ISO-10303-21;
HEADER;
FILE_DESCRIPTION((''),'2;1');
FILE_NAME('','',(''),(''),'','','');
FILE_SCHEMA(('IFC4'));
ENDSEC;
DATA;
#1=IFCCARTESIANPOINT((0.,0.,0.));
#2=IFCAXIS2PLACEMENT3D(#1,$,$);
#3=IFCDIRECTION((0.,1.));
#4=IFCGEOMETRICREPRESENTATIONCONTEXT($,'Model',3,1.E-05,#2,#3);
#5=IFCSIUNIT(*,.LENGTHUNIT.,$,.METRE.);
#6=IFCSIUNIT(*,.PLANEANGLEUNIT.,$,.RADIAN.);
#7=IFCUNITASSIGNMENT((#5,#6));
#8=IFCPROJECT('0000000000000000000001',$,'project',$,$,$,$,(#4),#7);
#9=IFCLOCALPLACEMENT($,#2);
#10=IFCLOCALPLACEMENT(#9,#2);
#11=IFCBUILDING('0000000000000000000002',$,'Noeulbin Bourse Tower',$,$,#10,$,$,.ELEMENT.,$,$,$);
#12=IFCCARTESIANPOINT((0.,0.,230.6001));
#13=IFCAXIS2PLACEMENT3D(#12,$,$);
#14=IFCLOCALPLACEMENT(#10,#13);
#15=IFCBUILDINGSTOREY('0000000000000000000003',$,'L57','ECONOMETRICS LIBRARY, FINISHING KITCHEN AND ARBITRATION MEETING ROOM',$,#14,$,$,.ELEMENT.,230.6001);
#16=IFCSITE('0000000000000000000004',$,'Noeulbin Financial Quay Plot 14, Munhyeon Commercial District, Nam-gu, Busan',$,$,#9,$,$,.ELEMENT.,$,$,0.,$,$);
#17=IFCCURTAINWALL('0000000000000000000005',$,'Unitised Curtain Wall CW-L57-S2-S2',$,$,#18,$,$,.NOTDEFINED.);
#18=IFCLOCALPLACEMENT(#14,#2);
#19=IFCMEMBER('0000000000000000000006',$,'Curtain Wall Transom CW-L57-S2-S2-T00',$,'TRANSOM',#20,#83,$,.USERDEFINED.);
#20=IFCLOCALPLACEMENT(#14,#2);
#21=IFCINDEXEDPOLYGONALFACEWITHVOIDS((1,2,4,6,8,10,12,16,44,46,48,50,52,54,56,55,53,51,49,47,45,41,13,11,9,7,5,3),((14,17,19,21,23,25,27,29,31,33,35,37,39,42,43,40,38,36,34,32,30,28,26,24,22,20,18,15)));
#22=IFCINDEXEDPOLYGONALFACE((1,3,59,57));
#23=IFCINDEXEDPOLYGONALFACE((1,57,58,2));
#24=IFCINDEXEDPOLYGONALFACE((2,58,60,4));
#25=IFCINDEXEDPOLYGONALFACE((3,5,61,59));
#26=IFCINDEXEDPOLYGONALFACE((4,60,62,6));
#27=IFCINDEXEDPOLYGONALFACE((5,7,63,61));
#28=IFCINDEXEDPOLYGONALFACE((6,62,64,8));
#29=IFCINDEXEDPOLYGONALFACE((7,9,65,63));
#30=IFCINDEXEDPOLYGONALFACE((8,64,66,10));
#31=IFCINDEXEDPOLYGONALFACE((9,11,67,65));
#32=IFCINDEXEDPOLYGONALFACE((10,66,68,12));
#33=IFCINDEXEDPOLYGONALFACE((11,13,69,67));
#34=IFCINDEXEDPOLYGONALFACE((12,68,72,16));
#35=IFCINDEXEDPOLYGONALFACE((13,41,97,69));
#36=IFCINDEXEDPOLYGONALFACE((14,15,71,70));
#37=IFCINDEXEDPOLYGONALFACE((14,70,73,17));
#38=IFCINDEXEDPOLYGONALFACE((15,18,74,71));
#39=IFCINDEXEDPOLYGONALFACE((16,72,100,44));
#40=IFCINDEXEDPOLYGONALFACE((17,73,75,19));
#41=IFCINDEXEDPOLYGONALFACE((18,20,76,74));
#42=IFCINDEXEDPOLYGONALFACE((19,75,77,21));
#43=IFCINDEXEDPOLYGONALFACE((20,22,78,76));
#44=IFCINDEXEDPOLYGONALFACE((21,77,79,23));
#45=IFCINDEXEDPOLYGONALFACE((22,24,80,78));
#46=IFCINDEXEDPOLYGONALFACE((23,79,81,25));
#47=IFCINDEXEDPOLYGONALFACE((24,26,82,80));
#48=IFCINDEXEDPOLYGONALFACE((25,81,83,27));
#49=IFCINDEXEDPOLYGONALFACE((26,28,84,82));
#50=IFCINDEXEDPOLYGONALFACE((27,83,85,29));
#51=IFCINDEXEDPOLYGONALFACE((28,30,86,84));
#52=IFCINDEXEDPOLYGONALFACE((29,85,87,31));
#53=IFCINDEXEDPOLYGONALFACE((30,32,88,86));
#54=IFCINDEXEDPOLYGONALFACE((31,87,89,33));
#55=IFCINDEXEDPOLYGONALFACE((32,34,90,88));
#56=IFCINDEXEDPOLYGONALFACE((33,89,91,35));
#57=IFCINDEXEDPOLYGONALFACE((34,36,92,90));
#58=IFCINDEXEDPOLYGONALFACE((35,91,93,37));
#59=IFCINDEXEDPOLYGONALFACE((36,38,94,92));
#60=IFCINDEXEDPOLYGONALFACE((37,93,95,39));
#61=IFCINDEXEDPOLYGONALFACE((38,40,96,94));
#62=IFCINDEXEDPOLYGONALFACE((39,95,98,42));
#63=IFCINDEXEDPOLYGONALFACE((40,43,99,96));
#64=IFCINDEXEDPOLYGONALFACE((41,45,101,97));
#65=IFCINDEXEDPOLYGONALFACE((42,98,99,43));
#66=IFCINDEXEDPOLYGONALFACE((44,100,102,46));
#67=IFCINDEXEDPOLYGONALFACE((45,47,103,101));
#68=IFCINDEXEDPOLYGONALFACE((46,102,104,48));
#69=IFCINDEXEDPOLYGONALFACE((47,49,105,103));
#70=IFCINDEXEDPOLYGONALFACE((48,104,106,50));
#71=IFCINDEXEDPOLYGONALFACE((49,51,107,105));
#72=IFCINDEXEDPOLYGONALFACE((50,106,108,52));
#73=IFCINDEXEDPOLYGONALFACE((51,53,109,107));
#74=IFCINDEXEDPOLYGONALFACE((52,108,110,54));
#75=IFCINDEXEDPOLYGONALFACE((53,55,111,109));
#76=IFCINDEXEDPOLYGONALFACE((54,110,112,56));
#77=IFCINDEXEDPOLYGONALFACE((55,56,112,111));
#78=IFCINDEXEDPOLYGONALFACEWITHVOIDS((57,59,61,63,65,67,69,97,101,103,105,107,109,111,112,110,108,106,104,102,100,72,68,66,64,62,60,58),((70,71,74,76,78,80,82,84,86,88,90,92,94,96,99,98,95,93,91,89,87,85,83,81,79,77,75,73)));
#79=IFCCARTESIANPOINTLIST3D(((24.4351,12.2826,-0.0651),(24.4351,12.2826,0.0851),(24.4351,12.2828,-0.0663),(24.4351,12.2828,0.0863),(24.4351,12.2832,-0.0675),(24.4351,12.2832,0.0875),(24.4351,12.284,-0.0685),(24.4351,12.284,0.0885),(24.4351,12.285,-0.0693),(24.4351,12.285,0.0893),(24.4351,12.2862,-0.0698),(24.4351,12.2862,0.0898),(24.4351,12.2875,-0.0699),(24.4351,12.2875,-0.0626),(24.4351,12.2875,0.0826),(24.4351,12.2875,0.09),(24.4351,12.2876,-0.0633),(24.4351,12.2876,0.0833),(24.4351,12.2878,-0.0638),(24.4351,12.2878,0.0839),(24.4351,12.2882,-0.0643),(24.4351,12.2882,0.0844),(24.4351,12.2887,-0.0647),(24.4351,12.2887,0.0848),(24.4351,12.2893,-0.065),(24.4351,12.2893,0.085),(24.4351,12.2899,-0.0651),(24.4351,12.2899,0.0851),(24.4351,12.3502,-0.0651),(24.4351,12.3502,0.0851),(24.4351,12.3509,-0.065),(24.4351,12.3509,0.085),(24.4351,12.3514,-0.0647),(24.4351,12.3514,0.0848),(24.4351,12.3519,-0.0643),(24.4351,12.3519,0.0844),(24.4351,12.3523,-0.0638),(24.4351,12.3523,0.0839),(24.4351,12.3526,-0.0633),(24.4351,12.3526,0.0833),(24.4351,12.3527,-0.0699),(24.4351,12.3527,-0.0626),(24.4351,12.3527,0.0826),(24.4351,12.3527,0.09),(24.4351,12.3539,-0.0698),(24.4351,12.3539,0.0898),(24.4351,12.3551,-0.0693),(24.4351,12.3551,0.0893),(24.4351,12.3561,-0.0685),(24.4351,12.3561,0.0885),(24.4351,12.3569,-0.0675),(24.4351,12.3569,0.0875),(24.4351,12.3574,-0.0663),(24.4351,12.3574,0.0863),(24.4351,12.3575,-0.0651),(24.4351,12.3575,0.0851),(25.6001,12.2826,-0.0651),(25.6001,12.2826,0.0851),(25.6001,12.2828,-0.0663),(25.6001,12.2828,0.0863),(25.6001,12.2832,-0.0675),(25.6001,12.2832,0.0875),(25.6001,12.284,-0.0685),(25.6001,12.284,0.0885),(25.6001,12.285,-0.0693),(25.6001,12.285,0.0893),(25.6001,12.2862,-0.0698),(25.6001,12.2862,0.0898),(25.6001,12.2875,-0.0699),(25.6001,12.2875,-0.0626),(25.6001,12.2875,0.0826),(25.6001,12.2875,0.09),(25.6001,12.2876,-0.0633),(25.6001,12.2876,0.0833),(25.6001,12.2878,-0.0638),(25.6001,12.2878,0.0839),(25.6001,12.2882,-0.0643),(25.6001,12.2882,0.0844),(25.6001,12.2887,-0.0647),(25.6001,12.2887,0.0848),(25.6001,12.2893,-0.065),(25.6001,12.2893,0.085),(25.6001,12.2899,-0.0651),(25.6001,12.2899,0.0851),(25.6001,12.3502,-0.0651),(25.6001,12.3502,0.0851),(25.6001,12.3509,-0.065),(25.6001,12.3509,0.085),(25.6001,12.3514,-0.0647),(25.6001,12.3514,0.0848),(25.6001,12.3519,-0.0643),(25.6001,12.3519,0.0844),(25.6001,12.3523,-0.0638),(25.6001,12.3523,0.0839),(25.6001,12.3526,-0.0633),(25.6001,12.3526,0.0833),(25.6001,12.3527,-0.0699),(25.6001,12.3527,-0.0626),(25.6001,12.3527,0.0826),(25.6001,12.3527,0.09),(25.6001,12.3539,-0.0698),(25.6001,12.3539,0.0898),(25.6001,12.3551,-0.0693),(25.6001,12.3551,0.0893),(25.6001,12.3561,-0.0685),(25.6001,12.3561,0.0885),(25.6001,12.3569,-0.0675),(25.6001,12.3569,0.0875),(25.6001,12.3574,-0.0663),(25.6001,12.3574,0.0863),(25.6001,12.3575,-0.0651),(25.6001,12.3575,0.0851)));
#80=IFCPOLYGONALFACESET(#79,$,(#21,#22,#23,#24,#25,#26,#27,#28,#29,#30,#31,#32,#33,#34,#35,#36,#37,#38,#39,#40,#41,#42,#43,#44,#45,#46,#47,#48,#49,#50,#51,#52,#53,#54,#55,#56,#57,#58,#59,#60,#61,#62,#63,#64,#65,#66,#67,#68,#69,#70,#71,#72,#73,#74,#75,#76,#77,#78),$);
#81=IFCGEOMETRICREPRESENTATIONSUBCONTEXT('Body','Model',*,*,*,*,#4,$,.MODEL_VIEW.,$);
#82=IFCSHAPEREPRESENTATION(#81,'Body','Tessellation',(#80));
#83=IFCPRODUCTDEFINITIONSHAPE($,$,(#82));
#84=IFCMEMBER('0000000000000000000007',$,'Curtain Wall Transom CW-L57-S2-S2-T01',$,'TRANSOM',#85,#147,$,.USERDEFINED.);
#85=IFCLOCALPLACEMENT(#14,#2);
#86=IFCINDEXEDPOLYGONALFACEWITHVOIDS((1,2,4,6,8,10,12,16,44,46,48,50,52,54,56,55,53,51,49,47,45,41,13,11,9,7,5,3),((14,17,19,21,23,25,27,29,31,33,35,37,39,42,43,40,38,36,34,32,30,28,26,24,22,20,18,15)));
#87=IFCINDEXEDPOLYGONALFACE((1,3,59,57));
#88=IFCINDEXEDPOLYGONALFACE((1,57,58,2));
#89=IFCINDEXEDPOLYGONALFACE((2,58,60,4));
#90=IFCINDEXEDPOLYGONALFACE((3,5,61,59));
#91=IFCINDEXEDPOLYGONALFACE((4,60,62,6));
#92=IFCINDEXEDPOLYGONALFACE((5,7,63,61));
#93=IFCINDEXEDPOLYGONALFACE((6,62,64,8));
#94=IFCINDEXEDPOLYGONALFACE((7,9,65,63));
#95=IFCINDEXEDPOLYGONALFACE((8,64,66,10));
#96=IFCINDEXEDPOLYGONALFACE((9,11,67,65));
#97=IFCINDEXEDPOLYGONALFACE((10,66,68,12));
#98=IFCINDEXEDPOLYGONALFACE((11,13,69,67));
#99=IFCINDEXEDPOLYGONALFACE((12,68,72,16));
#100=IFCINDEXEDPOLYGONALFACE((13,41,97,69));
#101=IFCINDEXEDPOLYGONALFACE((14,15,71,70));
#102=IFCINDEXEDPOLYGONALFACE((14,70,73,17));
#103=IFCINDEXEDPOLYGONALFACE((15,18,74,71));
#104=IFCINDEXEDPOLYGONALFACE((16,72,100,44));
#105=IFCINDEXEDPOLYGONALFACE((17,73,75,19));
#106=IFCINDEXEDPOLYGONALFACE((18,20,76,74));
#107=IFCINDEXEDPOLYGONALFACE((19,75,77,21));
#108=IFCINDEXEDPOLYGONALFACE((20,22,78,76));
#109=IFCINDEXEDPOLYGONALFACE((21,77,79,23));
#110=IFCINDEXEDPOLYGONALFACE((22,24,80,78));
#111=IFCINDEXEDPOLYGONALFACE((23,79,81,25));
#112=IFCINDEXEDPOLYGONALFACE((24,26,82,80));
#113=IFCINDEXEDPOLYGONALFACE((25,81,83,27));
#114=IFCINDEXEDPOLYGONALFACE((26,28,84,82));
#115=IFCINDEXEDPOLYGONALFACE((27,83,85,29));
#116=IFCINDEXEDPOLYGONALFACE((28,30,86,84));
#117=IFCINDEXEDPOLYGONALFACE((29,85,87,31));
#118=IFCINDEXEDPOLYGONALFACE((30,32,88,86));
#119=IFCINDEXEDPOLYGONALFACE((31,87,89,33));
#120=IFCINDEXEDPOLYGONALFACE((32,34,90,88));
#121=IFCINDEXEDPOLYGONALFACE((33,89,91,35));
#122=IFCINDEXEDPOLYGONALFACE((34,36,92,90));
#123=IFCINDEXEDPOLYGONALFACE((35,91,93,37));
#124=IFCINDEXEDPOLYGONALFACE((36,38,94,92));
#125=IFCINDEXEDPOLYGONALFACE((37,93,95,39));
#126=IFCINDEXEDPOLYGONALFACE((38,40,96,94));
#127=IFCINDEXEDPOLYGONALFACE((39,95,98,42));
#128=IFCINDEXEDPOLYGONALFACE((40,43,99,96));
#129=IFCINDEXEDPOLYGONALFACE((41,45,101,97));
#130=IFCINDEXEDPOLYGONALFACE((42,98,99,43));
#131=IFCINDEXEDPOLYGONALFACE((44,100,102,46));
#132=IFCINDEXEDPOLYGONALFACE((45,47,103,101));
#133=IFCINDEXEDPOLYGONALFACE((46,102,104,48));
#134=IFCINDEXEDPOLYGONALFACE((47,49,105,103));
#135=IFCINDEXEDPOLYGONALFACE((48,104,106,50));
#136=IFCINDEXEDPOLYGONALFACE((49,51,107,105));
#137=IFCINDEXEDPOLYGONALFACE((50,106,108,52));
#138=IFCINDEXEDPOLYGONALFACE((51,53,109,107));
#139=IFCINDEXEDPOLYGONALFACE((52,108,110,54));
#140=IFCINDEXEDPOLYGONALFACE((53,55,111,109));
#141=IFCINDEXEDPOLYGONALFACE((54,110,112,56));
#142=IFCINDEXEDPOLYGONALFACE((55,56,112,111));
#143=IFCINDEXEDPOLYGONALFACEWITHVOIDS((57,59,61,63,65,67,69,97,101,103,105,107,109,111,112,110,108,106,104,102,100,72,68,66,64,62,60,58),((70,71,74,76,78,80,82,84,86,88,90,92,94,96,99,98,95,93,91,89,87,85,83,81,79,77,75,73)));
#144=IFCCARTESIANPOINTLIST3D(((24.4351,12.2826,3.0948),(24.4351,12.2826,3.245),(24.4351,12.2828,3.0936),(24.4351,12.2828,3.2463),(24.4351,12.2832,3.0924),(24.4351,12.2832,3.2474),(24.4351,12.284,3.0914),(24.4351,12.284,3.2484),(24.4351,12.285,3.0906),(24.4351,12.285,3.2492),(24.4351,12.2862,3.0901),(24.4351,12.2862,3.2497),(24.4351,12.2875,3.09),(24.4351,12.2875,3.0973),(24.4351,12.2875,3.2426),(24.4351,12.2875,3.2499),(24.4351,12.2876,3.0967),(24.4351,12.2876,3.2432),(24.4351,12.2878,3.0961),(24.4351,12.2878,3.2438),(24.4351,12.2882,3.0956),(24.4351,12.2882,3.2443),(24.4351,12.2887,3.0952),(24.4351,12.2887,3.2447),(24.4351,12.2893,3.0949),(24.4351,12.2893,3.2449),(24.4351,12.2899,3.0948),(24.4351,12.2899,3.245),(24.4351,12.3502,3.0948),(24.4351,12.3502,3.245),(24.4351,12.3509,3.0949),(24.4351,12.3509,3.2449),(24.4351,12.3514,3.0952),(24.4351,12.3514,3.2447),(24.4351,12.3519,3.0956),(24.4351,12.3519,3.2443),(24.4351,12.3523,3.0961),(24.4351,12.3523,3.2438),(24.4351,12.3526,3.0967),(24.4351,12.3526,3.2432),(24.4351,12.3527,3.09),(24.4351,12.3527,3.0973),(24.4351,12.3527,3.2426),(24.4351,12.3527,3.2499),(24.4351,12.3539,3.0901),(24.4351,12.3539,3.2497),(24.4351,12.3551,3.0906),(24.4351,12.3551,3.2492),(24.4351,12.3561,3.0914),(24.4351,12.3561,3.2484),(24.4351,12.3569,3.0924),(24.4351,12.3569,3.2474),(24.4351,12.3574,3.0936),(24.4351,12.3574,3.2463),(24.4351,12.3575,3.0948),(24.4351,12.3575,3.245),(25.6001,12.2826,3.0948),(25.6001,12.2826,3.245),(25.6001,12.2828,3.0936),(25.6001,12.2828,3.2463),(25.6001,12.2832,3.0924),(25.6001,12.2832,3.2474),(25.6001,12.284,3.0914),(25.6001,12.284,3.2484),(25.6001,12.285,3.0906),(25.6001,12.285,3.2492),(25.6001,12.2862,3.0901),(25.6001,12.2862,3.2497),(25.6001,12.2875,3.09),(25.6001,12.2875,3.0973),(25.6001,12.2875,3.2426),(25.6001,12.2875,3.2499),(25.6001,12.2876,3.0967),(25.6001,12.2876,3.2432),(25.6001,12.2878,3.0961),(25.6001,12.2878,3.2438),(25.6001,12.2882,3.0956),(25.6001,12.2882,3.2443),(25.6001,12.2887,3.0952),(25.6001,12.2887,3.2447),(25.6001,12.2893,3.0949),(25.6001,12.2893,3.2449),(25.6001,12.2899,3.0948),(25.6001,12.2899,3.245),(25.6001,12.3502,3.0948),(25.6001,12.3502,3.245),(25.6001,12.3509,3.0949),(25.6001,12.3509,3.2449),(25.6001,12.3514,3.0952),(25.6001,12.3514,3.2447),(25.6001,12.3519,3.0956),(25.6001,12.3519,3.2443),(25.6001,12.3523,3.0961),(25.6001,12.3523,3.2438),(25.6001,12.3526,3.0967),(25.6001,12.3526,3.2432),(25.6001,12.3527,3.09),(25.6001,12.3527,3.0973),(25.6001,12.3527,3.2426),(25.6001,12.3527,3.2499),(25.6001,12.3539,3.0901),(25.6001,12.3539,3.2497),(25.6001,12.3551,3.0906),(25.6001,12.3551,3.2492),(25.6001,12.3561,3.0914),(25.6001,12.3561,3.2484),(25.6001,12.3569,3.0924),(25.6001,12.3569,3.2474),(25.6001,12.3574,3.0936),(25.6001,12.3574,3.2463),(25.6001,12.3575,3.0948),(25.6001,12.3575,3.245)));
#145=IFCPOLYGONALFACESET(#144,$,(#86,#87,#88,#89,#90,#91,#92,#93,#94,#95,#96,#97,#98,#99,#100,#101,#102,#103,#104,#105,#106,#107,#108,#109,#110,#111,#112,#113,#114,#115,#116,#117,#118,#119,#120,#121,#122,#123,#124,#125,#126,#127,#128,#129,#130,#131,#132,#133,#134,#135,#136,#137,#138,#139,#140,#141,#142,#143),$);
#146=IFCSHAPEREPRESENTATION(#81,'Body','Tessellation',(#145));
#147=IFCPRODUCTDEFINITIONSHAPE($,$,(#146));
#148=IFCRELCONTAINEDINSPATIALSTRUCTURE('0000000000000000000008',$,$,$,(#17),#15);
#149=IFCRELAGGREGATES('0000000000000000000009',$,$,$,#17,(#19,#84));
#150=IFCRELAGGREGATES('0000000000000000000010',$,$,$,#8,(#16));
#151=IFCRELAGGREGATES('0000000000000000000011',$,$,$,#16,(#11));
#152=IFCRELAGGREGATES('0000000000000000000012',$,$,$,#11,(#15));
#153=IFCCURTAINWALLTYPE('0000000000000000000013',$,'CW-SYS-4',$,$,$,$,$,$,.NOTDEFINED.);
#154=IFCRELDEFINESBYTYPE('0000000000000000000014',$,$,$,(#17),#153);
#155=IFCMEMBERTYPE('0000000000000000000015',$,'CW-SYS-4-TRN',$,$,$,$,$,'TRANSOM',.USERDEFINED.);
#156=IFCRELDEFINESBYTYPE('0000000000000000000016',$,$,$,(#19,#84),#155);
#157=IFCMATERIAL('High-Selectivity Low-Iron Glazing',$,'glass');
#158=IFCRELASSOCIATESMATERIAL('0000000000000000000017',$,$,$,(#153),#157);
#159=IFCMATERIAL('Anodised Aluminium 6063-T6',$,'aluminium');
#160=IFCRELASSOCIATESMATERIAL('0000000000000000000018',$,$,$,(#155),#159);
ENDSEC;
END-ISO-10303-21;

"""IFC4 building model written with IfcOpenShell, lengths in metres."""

from ifc_helpers import new_model, si_unit, direction, frame, origin, origin_2d, place, context, subcontext, project, spatial, hollow_rectangle, extrude, material, material_profile, profile_set, type_object, element, aggregate, save


model = new_model("IFC4")

# Units and contexts
model_context = context("Model", 3, precision=1e-05, world=origin(), true_north=direction((0.0, 1.0)))
body_context = subcontext(model_context, "Body", "Model", "MODEL_VIEW")
ifc_project = project(units=[si_unit("LENGTHUNIT", "METRE"), si_unit("PLANEANGLEUNIT", "RADIAN")], contexts=[model_context])

# Site, building, storey
site_placement = place(None, origin())
site = spatial("IfcSite", under=ifc_project, at=site_placement, Name="Noeulbin Financial Quay Plot 14, Munhyeon Commercial District, Nam-gu, Busan", CompositionType="ELEMENT", RefElevation=0.0)
building_placement = place(site_placement, origin())
building = spatial("IfcBuilding", under=site, at=building_placement, Name="Noeulbin Bourse Tower", CompositionType="ELEMENT")
storey_placement = place(building_placement, frame((0.0, 0.0, 230.6001)))
storey = spatial("IfcBuildingStorey", under=building, at=storey_placement, Name="L57", Description="ECONOMETRICS LIBRARY, FINISHING KITCHEN AND ARBITRATION MEETING ROOM", CompositionType="ELEMENT", Elevation=230.6001)

# Curtain wall
ifc_material_1 = material(Name="High-Selectivity Low-Iron Glazing", Category="glass")
curtain_wall_type = type_object("IfcCurtainWallType", Name="CW-SYS-4", PredefinedType="NOTDEFINED", material=ifc_material_1)
ifc_material_2 = material(Name="Anodised Aluminium 6063-T6", Category="aluminium")
curtain_wall_1_placement = place(storey_placement, origin())
curtain_wall_1 = element("IfcCurtainWall", 1, at=curtain_wall_1_placement, inside=storey, type_object=curtain_wall_type, Name="Unitised Curtain Wall CW-L57-S2-S2", PredefinedType="NOTDEFINED")

# Members
ifc_material_profile_1 = material_profile(ifc_material_2, hollow_rectangle(XDim=0.075, YDim=0.1599, WallThickness=0.0049, InnerFilletRadius=0.0024, OuterFilletRadius=0.0049, at=origin_2d()), Name="ALU-TRAN-75x160x5", Category="LoadBearing")
ifc_profile_set_1 = profile_set([ifc_material_profile_1], Name="Anodised Aluminium 6063-T6")
member_type_1 = type_object("IfcMemberType", Name="CW-SYS-4-TRN", ElementType="TRANSOM", PredefinedType="USERDEFINED", material=ifc_profile_set_1)
member_1_placement = place(storey_placement, frame((24.4351, 12.3201, 0.01), z_axis=(1.0, 0.0, 0.0), x_axis=(0.0, 1.0, 0.0)))
member_1 = element("IfcMember", 2, at=member_1_placement, type_object=member_type_1, Name="Curtain Wall Transom CW-L57-S2-S2-T00", ObjectType="TRANSOM", PredefinedType="USERDEFINED", context=body_context, shape_type="SweptSolid", body=[
    extrude(hollow_rectangle(XDim=0.075, YDim=0.1599, WallThickness=0.0049, InnerFilletRadius=0.0024, OuterFilletRadius=0.0049, at=origin_2d()), origin(), (0.0, 0.0, 1.0), 1.165),
])
member_2_placement = place(storey_placement, frame((24.4351, 12.3201, 3.1699), z_axis=(1.0, 0.0, 0.0), x_axis=(0.0, 1.0, 0.0)))
member_2 = element("IfcMember", 3, at=member_2_placement, type_object=member_type_1, Name="Curtain Wall Transom CW-L57-S2-S2-T01", ObjectType="TRANSOM", PredefinedType="USERDEFINED", context=body_context, shape_type="SweptSolid", body=[
    extrude(hollow_rectangle(XDim=0.075, YDim=0.1599, WallThickness=0.0049, InnerFilletRadius=0.0024, OuterFilletRadius=0.0049, at=origin_2d()), origin(), (0.0, 0.0, 1.0), 1.165),
])

aggregate(curtain_wall_1, [member_1, member_2])

save(model, "model.ifc")
